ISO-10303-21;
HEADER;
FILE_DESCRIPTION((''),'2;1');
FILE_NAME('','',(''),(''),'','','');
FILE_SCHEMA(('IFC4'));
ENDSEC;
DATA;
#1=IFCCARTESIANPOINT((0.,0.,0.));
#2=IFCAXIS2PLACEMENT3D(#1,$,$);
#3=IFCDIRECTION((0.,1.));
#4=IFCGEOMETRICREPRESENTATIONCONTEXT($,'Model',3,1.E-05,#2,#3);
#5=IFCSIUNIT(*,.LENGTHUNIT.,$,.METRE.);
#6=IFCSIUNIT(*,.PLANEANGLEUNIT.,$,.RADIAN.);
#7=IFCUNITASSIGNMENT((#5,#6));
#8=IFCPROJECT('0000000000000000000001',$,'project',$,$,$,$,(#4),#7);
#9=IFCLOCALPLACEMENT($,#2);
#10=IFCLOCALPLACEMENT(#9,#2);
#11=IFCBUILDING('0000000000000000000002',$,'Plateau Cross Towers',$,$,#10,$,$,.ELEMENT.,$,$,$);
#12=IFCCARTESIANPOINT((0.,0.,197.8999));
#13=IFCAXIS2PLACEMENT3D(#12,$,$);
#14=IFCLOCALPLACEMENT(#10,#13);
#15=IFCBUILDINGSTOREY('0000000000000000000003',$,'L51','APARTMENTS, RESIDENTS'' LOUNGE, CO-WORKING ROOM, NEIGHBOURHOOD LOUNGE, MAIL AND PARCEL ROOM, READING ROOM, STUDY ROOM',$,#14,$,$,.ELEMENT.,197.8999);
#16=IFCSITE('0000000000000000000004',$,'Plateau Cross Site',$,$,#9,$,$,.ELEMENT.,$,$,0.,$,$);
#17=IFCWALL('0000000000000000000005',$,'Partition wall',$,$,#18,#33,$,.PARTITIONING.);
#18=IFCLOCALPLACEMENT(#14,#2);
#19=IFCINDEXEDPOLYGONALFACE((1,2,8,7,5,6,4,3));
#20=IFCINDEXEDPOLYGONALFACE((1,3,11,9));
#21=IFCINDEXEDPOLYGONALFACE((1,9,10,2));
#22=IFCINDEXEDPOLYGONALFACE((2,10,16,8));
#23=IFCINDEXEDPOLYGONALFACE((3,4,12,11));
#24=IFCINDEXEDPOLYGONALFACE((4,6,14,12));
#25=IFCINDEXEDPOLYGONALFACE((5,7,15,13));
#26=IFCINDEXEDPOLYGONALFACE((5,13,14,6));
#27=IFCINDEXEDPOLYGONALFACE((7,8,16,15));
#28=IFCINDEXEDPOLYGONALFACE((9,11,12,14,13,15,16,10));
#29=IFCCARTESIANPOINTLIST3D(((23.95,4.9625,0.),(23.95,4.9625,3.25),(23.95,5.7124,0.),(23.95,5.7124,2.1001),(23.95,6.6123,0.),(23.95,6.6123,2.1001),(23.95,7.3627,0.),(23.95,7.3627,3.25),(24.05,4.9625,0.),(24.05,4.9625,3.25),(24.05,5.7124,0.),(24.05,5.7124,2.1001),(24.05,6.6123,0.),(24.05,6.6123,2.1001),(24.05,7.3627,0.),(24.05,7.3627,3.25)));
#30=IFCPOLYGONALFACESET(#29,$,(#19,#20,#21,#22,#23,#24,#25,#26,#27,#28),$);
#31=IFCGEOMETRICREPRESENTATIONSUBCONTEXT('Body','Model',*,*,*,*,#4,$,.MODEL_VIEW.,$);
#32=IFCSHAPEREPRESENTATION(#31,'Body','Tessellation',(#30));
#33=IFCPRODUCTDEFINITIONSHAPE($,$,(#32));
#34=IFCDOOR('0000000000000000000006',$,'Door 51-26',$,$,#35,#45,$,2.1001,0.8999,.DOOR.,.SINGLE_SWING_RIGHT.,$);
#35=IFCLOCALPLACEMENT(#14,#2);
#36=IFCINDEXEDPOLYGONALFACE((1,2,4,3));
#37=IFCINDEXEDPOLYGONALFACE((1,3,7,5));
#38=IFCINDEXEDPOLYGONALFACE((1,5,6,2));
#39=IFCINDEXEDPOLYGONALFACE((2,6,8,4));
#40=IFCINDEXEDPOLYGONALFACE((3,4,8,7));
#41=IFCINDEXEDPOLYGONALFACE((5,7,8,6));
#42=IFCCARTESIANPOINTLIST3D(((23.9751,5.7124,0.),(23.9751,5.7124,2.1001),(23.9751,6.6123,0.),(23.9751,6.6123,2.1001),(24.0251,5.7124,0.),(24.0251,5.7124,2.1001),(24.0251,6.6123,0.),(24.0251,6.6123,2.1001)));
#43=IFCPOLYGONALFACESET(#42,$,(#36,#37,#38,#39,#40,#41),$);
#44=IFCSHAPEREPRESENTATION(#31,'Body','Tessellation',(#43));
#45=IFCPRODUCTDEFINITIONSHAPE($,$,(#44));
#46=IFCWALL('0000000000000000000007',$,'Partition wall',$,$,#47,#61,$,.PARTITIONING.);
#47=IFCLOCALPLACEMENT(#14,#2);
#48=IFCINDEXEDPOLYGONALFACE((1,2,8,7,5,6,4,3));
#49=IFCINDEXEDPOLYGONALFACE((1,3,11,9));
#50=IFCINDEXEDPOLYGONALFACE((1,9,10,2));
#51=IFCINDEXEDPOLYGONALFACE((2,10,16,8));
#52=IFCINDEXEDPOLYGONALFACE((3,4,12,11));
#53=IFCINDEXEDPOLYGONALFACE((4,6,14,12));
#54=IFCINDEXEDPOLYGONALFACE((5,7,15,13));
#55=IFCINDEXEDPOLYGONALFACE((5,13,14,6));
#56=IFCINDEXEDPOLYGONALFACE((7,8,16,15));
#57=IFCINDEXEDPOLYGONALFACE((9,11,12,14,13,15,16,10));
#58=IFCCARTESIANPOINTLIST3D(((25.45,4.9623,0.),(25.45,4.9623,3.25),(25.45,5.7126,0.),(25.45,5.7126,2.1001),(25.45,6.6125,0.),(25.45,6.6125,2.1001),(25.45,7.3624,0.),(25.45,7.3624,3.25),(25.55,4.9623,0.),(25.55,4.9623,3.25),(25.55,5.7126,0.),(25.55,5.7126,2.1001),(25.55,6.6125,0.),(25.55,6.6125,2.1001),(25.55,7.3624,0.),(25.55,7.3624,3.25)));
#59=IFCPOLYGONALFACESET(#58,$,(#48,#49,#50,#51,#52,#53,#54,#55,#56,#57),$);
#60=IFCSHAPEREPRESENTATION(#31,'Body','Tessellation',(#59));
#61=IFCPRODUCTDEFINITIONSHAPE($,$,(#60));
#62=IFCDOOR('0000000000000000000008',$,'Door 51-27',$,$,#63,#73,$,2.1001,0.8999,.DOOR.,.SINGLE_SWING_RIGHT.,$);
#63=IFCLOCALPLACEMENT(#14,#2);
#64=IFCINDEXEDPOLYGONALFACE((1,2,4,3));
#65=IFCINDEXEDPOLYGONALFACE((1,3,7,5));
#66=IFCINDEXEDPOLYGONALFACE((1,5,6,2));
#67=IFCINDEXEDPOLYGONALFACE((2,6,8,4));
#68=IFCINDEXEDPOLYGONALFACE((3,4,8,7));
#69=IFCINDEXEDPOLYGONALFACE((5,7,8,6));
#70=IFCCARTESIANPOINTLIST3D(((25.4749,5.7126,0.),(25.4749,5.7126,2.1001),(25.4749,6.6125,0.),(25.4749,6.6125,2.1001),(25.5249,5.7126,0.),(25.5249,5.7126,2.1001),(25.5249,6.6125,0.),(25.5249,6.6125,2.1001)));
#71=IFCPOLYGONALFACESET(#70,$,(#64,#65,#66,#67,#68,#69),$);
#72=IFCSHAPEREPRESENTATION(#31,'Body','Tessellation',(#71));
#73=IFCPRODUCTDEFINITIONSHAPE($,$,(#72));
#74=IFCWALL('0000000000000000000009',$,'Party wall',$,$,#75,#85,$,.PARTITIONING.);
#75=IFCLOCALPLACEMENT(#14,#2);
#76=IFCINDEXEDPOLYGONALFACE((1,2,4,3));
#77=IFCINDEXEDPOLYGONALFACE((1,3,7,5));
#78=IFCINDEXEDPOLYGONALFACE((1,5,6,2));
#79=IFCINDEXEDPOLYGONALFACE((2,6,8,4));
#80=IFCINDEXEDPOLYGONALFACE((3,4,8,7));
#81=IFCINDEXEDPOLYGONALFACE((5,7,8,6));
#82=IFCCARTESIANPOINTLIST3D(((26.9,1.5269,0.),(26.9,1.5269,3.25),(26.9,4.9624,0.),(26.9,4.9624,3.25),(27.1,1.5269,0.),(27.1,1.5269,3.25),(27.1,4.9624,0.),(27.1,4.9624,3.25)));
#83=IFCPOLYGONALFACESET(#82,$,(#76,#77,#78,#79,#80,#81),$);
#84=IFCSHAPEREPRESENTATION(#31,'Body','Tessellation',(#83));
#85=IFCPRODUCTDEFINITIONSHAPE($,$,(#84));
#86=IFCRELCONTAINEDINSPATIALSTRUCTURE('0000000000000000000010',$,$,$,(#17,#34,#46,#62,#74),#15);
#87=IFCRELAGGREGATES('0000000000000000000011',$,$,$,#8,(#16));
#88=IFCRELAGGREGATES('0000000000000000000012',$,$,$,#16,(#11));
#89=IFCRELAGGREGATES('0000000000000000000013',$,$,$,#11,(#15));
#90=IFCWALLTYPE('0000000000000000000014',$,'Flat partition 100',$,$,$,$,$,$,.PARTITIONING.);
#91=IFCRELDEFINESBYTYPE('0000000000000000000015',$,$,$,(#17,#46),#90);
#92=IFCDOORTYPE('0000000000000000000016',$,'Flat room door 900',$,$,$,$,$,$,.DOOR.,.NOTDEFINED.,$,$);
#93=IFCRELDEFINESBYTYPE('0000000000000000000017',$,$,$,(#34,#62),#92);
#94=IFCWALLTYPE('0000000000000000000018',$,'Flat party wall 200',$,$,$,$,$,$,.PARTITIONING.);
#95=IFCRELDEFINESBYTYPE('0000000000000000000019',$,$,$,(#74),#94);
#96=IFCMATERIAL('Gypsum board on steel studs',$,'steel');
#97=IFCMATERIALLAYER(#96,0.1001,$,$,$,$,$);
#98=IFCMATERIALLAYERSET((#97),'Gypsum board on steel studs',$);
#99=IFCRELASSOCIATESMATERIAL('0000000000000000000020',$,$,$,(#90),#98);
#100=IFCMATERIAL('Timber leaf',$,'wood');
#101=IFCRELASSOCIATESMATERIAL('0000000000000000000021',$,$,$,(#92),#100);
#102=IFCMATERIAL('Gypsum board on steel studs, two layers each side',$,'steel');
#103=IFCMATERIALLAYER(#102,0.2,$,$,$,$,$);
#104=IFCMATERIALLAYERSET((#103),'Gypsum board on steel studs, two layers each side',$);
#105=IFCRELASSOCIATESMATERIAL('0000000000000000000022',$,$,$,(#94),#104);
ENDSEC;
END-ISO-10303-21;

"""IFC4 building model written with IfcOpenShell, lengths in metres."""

from ifc_helpers import new_model, si_unit, direction, frame, frame_2d, origin, place, context, subcontext, project, spatial, rectangle, extrude, material, layer, layer_set, type_object, element, fill, save


model = new_model("IFC4")

# Units and contexts
model_context = context("Model", 3, precision=1e-05, world=origin(), true_north=direction((0.0, 1.0)))
body_context = subcontext(model_context, "Body", "Model", "MODEL_VIEW")
ifc_project = project(units=[si_unit("LENGTHUNIT", "METRE"), si_unit("PLANEANGLEUNIT", "RADIAN")], contexts=[model_context])

# Site, building, storey
site_placement = place(None, origin())
site = spatial("IfcSite", under=ifc_project, at=site_placement, Name="Plateau Cross Site", CompositionType="ELEMENT", RefElevation=0.0)
building_placement = place(site_placement, origin())
building = spatial("IfcBuilding", under=site, at=building_placement, Name="Plateau Cross Towers", CompositionType="ELEMENT")
storey_placement = place(building_placement, frame((0.0, 0.0, 197.8999)))
storey = spatial("IfcBuildingStorey", under=building, at=storey_placement, Name="L51", Description="APARTMENTS, RESIDENTS' LOUNGE, CO-WORKING ROOM, NEIGHBOURHOOD LOUNGE, MAIL AND PARCEL ROOM, READING ROOM, STUDY ROOM", CompositionType="ELEMENT", Elevation=197.8999)

# Shared definitions
ifc_material_1 = material(Name="Gypsum board on steel studs", Category="steel")
ifc_layer_1 = layer(ifc_material_1, 0.1001)
ifc_layer_set_1 = layer_set([ifc_layer_1], Name="Gypsum board on steel studs")
wall_type_1 = type_object("IfcWallType", Name="Flat partition 100", PredefinedType="PARTITIONING", material=ifc_layer_set_1)

# Walls, openings, doors
wall_1_placement = place(storey_placement, frame((24.0, 4.9624, 0.0), z_axis=(0.0, 0.0, 1.0), x_axis=(0.0, 1.0, 0.0)))
wall_1 = element("IfcWall", 1, at=wall_1_placement, inside=storey, type_object=wall_type_1, Name="Partition wall", PredefinedType="PARTITIONING", context=body_context, shape_type="SweptSolid", body=[
    extrude(rectangle(XDim=2.4001, YDim=0.1001, at=frame_2d((1.2002, 0.0))), origin(), (0.0, 0.0, 1.0), 3.25),
])
opening_1_placement = place(wall_1_placement, frame((0.75, 0.0, 0.0)))
opening_1 = element("IfcOpeningElement", 2, at=opening_1_placement, cuts=wall_1, PredefinedType="OPENING", context=body_context, shape_type="SweptSolid", body=[
    extrude(rectangle(XDim=0.8999, YDim=2.1001, at=frame_2d((0.45, 1.05))), frame((0.0, 0.0601, 0.0), z_axis=(0.0, -1.0, 0.0), x_axis=(1.0, 0.0, 0.0)), (0.0, 0.0, 1.0), 0.1201),
])
ifc_material_2 = material(Name="Timber leaf", Category="wood")
door_type_1 = type_object("IfcDoorType", Name="Flat room door 900", OperationType="NOTDEFINED", PredefinedType="DOOR", material=ifc_material_2)
door_1_placement = place(opening_1_placement, origin())
door_1 = element("IfcDoor", 3, at=door_1_placement, inside=storey, type_object=door_type_1, Name="Door 51-26", OperationType="SINGLE_SWING_RIGHT", OverallHeight=2.1001, OverallWidth=0.8999, PredefinedType="DOOR", context=body_context, shape_type="SweptSolid", body=[
    extrude(rectangle(XDim=0.8999, YDim=2.1001, at=frame_2d((0.45, 1.05))), frame((0.0, 0.0249, 0.0), z_axis=(0.0, -1.0, 0.0), x_axis=(1.0, 0.0, 0.0)), (0.0, 0.0, 1.0), 0.05),
])
fill(opening_1, door_1)
wall_2_placement = place(storey_placement, frame((25.5, 7.3625, 0.0), z_axis=(0.0, 0.0, 1.0), x_axis=(0.0, -1.0, 0.0)))
wall_2 = element("IfcWall", 4, at=wall_2_placement, inside=storey, type_object=wall_type_1, Name="Partition wall", PredefinedType="PARTITIONING", context=body_context, shape_type="SweptSolid", body=[
    extrude(rectangle(XDim=2.4001, YDim=0.1001, at=frame_2d((1.2002, 0.0))), origin(), (0.0, 0.0, 1.0), 3.25),
])
opening_2_placement = place(wall_2_placement, frame((0.75, 0.0, 0.0)))
opening_2 = element("IfcOpeningElement", 5, at=opening_2_placement, cuts=wall_2, PredefinedType="OPENING", context=body_context, shape_type="SweptSolid", body=[
    extrude(rectangle(XDim=0.8999, YDim=2.1001, at=frame_2d((0.45, 1.05))), frame((0.0, 0.0601, 0.0), z_axis=(0.0, -1.0, 0.0), x_axis=(1.0, 0.0, 0.0)), (0.0, 0.0, 1.0), 0.1201),
])
door_2_placement = place(opening_2_placement, origin())
door_2 = element("IfcDoor", 6, at=door_2_placement, inside=storey, type_object=door_type_1, Name="Door 51-27", OperationType="SINGLE_SWING_RIGHT", OverallHeight=2.1001, OverallWidth=0.8999, PredefinedType="DOOR", context=body_context, shape_type="SweptSolid", body=[
    extrude(rectangle(XDim=0.8999, YDim=2.1001, at=frame_2d((0.45, 1.05))), frame((0.0, 0.0249, 0.0), z_axis=(0.0, -1.0, 0.0), x_axis=(1.0, 0.0, 0.0)), (0.0, 0.0, 1.0), 0.05),
])
fill(opening_2, door_2)

# Wall
ifc_material_3 = material(Name="Gypsum board on steel studs, two layers each side", Category="steel")
ifc_layer_2 = layer(ifc_material_3, 0.2)
ifc_layer_set_2 = layer_set([ifc_layer_2], Name="Gypsum board on steel studs, two layers each side")
wall_type_2 = type_object("IfcWallType", Name="Flat party wall 200", PredefinedType="PARTITIONING", material=ifc_layer_set_2)
wall_3_placement = place(storey_placement, frame((27.0, 4.9624, 0.0), z_axis=(0.0, 0.0, 1.0), x_axis=(0.0, -1.0, 0.0)))
element("IfcWall", 7, at=wall_3_placement, inside=storey, type_object=wall_type_2, Name="Party wall", PredefinedType="PARTITIONING", context=body_context, shape_type="SweptSolid", body=[
    extrude(rectangle(XDim=3.4355, YDim=0.2, at=frame_2d((1.7178, 0.0))), origin(), (0.0, 0.0, 1.0), 3.25),
])

save(model, "model.ifc")
